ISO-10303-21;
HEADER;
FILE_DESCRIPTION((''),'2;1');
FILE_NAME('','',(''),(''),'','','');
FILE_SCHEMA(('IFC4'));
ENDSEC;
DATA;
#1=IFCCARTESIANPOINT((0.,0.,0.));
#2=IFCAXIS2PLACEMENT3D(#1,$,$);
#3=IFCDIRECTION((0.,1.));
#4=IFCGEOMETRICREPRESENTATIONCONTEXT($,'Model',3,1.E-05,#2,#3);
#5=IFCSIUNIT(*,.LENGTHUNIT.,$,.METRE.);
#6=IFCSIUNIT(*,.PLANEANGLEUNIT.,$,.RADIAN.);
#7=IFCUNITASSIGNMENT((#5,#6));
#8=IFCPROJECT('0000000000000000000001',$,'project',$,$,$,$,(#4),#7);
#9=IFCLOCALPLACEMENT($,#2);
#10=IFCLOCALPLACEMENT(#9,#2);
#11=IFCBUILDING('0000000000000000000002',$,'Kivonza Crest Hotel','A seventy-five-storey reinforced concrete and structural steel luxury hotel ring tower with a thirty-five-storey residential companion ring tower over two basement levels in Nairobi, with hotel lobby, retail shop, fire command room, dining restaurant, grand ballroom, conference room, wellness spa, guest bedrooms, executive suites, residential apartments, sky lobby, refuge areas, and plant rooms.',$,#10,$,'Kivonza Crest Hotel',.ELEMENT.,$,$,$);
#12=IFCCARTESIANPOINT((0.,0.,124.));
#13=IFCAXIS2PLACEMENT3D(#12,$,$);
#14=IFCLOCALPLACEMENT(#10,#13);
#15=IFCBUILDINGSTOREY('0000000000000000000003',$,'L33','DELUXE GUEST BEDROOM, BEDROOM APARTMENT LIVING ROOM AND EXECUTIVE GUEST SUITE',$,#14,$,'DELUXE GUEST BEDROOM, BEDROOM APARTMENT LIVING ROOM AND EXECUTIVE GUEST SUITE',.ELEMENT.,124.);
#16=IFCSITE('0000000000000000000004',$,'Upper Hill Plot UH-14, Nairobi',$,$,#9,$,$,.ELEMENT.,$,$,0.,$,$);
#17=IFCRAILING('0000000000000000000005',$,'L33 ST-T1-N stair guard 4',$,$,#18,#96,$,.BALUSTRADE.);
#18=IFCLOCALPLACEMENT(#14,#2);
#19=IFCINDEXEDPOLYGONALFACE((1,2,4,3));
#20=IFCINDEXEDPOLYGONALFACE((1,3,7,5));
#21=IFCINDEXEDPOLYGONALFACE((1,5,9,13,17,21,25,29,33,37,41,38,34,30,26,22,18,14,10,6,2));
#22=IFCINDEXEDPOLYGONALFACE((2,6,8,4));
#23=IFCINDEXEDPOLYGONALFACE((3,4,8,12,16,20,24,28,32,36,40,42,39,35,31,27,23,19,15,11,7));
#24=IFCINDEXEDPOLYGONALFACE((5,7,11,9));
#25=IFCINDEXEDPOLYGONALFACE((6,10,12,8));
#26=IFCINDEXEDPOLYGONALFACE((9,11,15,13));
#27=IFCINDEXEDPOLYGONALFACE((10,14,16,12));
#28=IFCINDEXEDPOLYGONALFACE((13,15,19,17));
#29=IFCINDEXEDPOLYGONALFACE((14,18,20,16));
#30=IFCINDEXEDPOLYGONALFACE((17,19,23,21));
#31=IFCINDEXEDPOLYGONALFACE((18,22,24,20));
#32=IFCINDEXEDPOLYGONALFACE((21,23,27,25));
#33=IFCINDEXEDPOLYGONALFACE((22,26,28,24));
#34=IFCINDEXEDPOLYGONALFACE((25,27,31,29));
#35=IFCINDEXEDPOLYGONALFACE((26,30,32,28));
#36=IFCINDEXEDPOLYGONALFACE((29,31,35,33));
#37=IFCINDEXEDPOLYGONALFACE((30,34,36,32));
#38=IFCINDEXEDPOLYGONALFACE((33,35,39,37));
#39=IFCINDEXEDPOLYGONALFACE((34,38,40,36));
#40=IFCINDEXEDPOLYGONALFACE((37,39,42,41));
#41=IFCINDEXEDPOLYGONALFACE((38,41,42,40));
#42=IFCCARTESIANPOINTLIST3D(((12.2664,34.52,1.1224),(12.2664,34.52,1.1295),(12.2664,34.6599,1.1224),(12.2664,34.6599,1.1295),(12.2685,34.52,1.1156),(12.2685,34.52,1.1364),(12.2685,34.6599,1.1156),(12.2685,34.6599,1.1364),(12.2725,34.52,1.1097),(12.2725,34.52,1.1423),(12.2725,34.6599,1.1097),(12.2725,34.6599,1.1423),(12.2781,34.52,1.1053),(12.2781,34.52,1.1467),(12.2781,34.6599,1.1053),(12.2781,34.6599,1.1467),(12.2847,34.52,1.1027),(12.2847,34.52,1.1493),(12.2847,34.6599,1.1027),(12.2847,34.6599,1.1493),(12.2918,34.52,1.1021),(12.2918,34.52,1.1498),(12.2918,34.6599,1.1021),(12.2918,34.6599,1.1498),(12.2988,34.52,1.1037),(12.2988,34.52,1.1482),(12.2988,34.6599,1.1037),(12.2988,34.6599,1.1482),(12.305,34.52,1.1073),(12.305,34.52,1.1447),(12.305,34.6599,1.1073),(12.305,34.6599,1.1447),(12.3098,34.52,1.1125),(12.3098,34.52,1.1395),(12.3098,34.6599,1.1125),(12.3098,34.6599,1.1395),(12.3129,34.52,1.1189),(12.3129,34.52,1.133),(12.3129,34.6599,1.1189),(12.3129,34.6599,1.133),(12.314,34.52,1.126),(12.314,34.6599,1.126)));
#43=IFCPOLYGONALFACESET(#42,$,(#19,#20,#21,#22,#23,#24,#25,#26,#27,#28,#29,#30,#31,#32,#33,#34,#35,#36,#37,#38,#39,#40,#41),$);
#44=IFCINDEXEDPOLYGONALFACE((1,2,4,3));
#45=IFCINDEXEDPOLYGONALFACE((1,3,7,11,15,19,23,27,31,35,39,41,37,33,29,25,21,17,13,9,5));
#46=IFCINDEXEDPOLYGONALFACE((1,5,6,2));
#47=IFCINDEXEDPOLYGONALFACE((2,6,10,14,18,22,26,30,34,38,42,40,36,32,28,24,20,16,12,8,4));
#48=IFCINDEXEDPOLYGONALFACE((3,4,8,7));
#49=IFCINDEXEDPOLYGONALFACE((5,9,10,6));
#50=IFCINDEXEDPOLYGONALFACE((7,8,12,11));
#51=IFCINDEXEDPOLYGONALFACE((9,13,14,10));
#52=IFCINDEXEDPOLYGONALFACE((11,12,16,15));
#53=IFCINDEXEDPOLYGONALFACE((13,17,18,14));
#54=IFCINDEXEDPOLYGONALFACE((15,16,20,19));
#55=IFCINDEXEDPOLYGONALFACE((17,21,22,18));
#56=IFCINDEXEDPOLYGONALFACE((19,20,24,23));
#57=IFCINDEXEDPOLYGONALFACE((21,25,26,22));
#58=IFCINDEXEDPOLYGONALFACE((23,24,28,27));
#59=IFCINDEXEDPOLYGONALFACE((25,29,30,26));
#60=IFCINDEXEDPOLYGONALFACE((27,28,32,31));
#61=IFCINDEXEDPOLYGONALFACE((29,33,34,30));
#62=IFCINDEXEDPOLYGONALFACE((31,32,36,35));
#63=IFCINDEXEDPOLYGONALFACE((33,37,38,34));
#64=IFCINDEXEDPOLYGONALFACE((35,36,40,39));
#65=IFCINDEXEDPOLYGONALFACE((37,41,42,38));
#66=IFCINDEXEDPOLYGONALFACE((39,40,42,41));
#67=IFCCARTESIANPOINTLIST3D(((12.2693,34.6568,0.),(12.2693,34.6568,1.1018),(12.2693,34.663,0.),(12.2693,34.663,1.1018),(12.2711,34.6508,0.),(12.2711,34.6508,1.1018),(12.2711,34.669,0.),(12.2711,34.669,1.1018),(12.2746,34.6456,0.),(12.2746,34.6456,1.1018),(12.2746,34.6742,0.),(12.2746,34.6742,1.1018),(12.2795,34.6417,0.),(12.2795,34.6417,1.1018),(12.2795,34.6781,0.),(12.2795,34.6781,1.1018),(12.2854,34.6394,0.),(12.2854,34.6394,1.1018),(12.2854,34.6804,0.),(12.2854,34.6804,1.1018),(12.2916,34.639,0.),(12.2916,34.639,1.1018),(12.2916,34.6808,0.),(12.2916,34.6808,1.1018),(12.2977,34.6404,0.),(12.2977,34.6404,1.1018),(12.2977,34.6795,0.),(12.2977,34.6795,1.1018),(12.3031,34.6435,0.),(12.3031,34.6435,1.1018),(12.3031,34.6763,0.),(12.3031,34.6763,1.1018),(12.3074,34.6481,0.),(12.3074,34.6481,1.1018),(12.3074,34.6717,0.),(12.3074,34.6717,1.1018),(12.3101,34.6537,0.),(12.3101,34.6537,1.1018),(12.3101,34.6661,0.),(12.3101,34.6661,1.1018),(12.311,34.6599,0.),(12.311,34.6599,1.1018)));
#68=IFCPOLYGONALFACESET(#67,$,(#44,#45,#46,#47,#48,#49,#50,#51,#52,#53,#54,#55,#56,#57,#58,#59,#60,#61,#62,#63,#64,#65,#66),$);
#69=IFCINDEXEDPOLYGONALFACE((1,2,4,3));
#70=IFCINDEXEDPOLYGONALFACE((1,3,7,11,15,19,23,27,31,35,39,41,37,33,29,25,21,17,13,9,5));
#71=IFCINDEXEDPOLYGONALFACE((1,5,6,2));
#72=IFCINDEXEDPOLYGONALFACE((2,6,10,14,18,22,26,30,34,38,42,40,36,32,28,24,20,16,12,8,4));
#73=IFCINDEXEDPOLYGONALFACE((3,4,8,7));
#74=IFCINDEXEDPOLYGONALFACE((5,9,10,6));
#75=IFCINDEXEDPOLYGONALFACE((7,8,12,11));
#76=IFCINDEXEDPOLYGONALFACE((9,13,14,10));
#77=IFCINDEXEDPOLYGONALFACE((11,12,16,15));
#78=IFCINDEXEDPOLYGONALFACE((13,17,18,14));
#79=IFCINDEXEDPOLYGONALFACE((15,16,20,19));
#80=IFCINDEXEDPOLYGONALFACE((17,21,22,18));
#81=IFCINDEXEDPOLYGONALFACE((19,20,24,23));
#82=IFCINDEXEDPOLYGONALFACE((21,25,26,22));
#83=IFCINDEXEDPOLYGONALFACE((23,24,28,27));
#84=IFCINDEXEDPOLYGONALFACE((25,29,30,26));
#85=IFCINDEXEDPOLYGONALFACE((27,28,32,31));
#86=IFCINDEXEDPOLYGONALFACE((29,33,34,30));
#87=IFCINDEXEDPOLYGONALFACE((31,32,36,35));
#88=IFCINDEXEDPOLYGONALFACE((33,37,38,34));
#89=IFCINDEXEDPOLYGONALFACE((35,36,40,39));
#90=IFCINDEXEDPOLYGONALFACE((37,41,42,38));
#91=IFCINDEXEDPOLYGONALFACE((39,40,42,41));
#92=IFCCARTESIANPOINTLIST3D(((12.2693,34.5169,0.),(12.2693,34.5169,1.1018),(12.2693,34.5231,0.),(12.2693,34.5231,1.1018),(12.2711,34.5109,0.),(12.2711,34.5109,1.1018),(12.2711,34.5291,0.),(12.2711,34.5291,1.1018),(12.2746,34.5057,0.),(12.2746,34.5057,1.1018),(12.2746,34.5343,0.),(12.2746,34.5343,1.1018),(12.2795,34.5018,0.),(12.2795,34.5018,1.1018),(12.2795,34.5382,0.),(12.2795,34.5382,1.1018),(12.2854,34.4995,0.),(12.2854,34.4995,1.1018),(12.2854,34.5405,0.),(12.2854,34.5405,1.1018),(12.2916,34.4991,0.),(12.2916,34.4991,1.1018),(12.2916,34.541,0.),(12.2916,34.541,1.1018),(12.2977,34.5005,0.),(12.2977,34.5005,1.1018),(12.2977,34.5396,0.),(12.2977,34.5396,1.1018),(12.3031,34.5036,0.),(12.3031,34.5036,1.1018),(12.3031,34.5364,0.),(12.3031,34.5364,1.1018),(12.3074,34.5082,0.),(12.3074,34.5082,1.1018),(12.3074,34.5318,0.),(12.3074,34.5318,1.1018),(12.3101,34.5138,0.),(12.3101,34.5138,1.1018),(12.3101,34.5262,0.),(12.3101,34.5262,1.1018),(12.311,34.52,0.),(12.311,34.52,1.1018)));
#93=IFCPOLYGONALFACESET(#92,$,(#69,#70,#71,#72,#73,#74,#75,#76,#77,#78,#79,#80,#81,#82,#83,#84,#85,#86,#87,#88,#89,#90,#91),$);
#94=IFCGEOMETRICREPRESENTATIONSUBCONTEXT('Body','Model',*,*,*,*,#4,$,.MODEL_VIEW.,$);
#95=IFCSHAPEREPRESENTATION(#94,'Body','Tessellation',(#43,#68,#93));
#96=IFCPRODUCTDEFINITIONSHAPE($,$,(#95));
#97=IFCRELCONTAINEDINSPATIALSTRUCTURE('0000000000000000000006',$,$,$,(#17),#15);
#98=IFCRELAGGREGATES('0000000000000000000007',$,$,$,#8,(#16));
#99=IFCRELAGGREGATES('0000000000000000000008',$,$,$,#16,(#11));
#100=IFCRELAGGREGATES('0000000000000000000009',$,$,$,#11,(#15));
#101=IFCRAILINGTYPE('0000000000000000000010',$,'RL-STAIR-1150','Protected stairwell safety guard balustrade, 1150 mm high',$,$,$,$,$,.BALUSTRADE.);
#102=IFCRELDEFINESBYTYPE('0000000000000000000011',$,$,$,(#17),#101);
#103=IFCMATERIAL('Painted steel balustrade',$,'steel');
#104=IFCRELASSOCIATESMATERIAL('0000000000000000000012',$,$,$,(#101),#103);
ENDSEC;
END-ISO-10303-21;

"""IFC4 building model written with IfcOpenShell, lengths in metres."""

from ifc_helpers import new_model, si_unit, direction, frame, origin, origin_2d, place, context, subcontext, project, spatial, circle, extrude, material, type_object, element, save


model = new_model("IFC4")

# Units and contexts
model_context = context("Model", 3, precision=1e-05, world=origin(), true_north=direction((0.0, 1.0)))
body_context = subcontext(model_context, "Body", "Model", "MODEL_VIEW")
ifc_project = project(units=[si_unit("LENGTHUNIT", "METRE"), si_unit("PLANEANGLEUNIT", "RADIAN")], contexts=[model_context])

# Site, building, storey
site_placement = place(None, origin())
site = spatial("IfcSite", under=ifc_project, at=site_placement, Name="Upper Hill Plot UH-14, Nairobi", CompositionType="ELEMENT", RefElevation=0.0)
building_placement = place(site_placement, origin())
building = spatial("IfcBuilding", under=site, at=building_placement, Name="Kivonza Crest Hotel", Description="A seventy-five-storey reinforced concrete and structural steel luxury hotel ring tower with a thirty-five-storey residential companion ring tower over two basement levels in Nairobi, with hotel lobby, retail shop, fire command room, dining restaurant, grand ballroom, conference room, wellness spa, guest bedrooms, executive suites, residential apartments, sky lobby, refuge areas, and plant rooms.", LongName="Kivonza Crest Hotel", CompositionType="ELEMENT")
storey_placement = place(building_placement, frame((0.0, 0.0, 124.0)))
storey = spatial("IfcBuildingStorey", under=building, at=storey_placement, Name="L33", Description="DELUXE GUEST BEDROOM, BEDROOM APARTMENT LIVING ROOM AND EXECUTIVE GUEST SUITE", LongName="DELUXE GUEST BEDROOM, BEDROOM APARTMENT LIVING ROOM AND EXECUTIVE GUEST SUITE", CompositionType="ELEMENT", Elevation=124.0)

# Railing
ifc_material_1 = material(Name="Painted steel balustrade", Category="steel")
railing_type_1 = type_object("IfcRailingType", Name="RL-STAIR-1150", Description="Protected stairwell safety guard balustrade, 1150 mm high", PredefinedType="BALUSTRADE", material=ifc_material_1)
railing_1_placement = place(storey_placement, frame((12.29, 34.6599, 0.0)))
element("IfcRailing", 1, at=railing_1_placement, inside=storey, type_object=railing_type_1, Name="L33 ST-T1-N stair guard 4", PredefinedType="BALUSTRADE", context=body_context, shape_type="SweptSolid", body=[
    extrude(circle(Radius=0.0239, at=origin_2d()), frame((0.0, 0.0, 1.126), z_axis=(0.0, -1.0, 0.0), x_axis=(1.0, 0.0, 0.0)), (0.0, 0.0, 1.0), 0.1399),
    extrude(circle(Radius=0.021, at=origin_2d()), origin(), (0.0, 0.0, 1.0), 1.1018),
    extrude(circle(Radius=0.021, at=origin_2d()), frame((0.0, -0.1399, 0.0)), (0.0, 0.0, 1.0), 1.1018),
])

save(model, "model.ifc")
